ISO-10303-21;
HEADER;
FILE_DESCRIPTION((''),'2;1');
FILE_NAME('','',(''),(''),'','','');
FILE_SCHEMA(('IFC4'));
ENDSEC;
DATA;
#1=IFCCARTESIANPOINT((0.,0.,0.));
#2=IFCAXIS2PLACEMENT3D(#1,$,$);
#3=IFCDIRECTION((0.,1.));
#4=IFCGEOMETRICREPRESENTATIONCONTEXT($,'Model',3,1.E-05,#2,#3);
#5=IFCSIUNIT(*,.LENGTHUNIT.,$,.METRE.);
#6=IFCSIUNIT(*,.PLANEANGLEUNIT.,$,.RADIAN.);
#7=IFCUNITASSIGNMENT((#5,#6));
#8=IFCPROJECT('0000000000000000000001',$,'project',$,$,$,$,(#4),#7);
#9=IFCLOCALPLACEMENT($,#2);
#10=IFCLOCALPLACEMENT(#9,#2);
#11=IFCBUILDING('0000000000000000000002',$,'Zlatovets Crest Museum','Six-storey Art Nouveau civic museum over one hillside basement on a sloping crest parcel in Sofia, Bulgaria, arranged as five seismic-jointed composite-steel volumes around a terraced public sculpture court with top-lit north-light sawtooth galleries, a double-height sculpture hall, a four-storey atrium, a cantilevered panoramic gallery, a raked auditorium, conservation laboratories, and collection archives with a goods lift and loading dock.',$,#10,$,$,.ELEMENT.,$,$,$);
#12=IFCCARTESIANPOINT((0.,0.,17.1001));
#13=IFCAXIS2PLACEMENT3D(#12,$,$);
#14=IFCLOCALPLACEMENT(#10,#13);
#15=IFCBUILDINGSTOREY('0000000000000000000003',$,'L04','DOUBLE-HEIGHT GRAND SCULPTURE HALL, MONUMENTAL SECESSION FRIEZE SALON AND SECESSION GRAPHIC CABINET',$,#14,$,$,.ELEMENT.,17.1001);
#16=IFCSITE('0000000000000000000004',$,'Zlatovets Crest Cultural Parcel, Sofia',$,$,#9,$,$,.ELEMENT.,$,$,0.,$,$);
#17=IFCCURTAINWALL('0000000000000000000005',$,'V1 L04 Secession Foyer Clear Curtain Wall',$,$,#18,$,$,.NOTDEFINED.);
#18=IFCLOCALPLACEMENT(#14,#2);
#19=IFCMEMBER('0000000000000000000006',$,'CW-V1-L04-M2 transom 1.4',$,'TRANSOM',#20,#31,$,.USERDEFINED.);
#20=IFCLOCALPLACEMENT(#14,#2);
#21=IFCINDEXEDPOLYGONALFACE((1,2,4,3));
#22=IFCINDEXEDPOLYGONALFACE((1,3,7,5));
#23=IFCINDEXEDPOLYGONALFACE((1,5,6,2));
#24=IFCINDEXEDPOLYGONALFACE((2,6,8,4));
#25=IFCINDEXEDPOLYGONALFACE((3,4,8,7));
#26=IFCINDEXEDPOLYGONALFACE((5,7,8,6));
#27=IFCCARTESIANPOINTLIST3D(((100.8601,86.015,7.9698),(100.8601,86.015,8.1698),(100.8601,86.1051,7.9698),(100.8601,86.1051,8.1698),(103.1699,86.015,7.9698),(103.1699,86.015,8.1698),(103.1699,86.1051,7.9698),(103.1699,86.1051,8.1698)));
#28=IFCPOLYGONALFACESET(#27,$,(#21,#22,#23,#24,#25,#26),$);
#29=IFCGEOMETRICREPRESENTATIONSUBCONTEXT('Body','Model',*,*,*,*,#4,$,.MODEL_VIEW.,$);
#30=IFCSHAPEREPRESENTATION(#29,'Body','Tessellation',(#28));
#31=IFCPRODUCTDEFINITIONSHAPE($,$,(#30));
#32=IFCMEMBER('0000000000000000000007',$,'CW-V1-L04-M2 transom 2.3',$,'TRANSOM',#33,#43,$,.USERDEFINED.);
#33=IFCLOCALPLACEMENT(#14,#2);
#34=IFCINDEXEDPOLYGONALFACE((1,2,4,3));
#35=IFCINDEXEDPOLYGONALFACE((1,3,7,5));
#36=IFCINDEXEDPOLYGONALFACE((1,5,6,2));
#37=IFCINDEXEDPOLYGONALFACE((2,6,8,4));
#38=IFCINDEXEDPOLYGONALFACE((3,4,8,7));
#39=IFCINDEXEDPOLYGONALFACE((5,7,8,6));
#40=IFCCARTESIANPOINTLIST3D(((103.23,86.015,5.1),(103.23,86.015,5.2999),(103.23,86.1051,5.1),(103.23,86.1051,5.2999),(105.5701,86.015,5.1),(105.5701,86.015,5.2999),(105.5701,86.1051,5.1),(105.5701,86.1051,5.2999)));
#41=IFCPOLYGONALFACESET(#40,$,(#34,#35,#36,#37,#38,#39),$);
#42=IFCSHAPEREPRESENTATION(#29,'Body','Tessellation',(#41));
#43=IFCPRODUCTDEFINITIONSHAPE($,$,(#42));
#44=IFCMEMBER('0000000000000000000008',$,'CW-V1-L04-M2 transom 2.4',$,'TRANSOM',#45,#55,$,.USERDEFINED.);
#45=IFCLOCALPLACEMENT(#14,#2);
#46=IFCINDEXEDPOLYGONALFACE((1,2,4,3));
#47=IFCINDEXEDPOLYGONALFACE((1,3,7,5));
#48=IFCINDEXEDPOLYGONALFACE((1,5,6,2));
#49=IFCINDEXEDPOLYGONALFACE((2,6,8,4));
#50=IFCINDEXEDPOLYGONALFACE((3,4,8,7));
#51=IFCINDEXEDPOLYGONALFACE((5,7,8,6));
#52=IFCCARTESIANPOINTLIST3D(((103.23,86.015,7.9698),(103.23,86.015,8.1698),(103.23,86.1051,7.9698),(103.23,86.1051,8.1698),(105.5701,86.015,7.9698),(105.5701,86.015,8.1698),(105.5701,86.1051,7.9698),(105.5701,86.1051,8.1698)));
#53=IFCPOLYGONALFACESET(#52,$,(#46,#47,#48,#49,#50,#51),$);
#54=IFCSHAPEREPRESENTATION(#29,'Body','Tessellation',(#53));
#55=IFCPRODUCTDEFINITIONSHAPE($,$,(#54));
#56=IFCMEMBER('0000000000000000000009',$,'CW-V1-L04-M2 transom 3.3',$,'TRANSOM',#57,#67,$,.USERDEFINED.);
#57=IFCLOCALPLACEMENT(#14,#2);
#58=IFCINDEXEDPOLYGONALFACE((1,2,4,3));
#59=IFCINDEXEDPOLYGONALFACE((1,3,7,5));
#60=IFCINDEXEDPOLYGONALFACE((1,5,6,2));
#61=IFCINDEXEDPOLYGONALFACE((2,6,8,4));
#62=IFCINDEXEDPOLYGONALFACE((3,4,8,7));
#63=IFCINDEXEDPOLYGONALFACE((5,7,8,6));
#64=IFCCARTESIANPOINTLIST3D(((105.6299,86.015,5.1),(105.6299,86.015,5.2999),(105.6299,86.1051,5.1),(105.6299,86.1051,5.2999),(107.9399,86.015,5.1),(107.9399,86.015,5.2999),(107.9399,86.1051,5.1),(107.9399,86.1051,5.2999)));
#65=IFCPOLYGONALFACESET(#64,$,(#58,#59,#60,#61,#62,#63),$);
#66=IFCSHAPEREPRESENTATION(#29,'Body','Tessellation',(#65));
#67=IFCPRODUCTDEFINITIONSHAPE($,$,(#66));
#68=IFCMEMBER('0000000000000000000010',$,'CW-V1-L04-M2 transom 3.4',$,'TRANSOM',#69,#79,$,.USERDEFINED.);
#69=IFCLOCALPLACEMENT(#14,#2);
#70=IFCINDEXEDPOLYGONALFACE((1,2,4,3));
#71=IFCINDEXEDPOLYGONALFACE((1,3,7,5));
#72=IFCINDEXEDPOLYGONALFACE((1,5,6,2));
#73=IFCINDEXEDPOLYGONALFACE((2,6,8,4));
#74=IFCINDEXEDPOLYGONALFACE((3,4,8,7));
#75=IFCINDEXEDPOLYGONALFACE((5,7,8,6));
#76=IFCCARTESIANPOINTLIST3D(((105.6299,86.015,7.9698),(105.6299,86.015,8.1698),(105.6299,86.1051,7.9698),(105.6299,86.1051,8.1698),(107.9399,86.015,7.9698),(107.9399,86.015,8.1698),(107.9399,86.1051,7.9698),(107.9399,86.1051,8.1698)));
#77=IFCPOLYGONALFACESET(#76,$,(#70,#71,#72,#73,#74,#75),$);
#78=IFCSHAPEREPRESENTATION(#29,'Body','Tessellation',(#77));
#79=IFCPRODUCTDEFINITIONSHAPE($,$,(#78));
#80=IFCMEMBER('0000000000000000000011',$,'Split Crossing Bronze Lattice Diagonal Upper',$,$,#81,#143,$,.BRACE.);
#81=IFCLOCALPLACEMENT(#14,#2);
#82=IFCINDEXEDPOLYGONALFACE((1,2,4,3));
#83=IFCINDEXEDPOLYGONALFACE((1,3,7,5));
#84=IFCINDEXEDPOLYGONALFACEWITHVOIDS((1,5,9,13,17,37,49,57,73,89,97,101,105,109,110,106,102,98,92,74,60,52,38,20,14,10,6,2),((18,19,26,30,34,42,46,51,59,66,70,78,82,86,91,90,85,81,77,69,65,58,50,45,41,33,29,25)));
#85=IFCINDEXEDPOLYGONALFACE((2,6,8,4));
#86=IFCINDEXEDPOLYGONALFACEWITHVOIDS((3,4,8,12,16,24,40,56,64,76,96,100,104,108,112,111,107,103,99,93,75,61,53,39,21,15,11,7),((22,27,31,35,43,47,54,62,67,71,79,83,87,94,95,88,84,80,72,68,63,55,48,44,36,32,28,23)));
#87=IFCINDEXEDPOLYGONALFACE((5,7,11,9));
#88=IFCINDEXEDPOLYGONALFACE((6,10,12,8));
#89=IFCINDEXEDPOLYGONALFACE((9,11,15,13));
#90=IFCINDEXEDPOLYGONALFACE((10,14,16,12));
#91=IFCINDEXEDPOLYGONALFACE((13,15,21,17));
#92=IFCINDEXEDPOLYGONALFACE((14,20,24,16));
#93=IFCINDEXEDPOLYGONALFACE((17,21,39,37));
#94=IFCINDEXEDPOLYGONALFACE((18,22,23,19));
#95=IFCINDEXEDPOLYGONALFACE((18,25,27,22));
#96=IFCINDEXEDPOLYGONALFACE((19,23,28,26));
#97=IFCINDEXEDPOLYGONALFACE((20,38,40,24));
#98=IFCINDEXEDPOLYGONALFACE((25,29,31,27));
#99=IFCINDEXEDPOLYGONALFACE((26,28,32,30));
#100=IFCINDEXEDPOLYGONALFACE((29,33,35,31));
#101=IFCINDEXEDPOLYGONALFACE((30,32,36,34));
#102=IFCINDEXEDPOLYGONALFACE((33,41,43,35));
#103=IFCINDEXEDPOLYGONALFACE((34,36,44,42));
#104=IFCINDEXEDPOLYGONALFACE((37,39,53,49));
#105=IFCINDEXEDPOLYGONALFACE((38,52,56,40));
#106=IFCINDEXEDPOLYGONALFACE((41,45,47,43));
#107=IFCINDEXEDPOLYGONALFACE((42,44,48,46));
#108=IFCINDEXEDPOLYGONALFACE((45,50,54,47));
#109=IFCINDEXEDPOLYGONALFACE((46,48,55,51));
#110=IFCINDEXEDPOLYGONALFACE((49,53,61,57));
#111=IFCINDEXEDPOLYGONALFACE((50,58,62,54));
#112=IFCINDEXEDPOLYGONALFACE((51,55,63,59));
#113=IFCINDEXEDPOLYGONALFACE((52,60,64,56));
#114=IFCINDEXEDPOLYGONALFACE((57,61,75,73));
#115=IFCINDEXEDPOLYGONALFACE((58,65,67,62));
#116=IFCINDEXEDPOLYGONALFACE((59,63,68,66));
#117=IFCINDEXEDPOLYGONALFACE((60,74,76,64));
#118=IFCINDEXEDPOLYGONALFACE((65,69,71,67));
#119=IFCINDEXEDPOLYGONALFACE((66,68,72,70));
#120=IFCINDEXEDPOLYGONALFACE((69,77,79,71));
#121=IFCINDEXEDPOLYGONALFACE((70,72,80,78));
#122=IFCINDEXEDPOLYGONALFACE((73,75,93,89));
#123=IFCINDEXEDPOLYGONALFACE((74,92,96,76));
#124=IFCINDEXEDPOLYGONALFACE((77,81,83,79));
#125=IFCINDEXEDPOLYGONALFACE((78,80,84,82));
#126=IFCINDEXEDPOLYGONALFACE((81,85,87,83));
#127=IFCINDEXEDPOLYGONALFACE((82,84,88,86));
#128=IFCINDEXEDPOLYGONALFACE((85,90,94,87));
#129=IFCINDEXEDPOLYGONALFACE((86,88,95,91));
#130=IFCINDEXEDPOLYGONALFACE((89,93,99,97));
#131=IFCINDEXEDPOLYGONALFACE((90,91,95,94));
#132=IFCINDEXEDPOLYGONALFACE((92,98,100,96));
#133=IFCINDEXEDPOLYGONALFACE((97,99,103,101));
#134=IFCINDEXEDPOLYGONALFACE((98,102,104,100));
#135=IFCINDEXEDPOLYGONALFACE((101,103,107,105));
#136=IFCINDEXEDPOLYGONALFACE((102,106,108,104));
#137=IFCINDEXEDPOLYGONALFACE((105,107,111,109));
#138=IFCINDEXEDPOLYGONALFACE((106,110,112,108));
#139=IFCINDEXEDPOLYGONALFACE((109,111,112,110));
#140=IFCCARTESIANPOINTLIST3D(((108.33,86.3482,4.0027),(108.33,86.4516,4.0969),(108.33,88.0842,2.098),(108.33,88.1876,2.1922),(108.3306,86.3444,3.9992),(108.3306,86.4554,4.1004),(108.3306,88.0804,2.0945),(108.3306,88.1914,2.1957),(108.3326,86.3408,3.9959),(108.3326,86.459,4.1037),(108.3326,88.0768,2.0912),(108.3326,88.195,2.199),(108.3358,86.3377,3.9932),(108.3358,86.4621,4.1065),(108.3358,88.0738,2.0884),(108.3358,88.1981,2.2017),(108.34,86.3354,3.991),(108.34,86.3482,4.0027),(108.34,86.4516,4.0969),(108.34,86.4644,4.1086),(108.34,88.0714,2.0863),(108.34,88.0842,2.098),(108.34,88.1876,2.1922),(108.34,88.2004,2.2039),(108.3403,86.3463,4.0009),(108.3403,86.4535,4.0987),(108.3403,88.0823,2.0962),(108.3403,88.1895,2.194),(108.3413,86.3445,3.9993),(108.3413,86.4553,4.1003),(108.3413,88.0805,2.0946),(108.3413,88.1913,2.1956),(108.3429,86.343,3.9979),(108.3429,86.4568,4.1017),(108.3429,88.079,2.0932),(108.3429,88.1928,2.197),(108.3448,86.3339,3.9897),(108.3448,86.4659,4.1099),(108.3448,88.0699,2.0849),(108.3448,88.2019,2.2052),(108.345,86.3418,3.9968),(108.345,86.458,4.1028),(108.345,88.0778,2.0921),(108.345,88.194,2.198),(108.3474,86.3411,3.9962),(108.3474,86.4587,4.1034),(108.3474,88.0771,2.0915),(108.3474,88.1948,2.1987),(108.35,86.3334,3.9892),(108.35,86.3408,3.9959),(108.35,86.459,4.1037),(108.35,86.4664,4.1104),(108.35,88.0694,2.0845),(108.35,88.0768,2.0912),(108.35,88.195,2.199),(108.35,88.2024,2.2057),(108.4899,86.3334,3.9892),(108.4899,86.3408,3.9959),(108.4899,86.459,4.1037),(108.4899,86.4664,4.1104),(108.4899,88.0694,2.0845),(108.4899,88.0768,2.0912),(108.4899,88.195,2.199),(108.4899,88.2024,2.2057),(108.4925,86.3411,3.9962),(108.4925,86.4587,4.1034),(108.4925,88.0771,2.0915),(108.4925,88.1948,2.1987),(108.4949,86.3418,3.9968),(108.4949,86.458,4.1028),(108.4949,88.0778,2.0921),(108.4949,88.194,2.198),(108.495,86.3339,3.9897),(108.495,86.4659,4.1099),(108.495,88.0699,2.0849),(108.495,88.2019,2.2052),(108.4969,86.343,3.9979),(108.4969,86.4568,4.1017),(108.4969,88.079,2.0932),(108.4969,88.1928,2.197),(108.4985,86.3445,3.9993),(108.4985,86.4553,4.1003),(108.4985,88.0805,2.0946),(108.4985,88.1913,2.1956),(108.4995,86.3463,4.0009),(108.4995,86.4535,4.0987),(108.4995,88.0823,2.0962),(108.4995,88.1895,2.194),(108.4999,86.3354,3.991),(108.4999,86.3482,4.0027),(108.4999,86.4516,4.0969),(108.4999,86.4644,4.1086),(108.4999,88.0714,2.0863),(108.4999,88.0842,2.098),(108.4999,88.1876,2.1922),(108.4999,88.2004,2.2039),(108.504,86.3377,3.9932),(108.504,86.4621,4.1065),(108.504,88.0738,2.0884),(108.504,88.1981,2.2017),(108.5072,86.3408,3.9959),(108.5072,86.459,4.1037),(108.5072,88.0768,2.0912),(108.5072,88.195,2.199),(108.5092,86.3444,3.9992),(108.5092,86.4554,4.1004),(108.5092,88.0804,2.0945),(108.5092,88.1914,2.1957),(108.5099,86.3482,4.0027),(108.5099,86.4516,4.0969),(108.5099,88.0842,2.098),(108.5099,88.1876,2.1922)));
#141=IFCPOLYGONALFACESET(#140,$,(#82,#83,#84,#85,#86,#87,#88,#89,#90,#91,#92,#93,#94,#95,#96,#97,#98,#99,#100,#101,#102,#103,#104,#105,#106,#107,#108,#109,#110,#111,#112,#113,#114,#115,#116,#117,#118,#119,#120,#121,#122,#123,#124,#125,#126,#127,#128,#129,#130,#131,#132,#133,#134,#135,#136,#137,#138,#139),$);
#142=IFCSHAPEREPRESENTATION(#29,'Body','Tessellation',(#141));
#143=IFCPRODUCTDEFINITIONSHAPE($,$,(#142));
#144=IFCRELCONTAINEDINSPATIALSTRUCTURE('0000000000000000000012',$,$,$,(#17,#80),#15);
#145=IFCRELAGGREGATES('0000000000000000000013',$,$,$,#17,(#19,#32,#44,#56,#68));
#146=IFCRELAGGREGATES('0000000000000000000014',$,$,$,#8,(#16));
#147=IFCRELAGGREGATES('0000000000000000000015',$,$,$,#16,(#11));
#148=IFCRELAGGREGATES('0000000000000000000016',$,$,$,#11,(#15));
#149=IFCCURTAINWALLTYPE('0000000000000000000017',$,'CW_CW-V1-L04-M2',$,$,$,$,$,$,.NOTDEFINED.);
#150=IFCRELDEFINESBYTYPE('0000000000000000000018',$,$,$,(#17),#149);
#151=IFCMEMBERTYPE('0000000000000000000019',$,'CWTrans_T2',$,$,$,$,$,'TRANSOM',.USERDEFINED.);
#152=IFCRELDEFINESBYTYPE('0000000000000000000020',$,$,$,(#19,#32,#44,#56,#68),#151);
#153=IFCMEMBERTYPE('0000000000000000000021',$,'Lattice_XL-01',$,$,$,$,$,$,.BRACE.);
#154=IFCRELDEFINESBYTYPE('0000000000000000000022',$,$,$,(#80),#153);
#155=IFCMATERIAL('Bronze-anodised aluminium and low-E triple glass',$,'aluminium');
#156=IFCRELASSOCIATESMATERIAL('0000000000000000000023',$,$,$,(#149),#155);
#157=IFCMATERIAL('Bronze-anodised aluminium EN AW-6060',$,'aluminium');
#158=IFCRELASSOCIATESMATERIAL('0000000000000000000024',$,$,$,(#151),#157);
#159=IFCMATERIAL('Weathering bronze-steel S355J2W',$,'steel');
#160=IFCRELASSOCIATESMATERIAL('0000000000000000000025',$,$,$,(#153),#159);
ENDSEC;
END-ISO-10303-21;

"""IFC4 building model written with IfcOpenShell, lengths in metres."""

from ifc_helpers import new_model, si_unit, direction, frame, origin, origin_2d, place, context, subcontext, project, spatial, rectangle, hollow_rectangle, extrude, material, material_profile, profile_set, type_object, element, aggregate, save


model = new_model("IFC4")

# Units and contexts
model_context = context("Model", 3, precision=1e-05, world=origin(), true_north=direction((0.0, 1.0)))
body_context = subcontext(model_context, "Body", "Model", "MODEL_VIEW")
ifc_project = project(units=[si_unit("LENGTHUNIT", "METRE"), si_unit("PLANEANGLEUNIT", "RADIAN")], contexts=[model_context])

# Site, building, storey
site_placement = place(None, origin())
site = spatial("IfcSite", under=ifc_project, at=site_placement, Name="Zlatovets Crest Cultural Parcel, Sofia", CompositionType="ELEMENT", RefElevation=0.0)
building_placement = place(site_placement, origin())
building = spatial("IfcBuilding", under=site, at=building_placement, Name="Zlatovets Crest Museum", Description="Six-storey Art Nouveau civic museum over one hillside basement on a sloping crest parcel in Sofia, Bulgaria, arranged as five seismic-jointed composite-steel volumes around a terraced public sculpture court with top-lit north-light sawtooth galleries, a double-height sculpture hall, a four-storey atrium, a cantilevered panoramic gallery, a raked auditorium, conservation laboratories, and collection archives with a goods lift and loading dock.", CompositionType="ELEMENT")
storey_placement = place(building_placement, frame((0.0, 0.0, 17.1001)))
storey = spatial("IfcBuildingStorey", under=building, at=storey_placement, Name="L04", Description="DOUBLE-HEIGHT GRAND SCULPTURE HALL, MONUMENTAL SECESSION FRIEZE SALON AND SECESSION GRAPHIC CABINET", CompositionType="ELEMENT", Elevation=17.1001)

# Curtain wall, members
ifc_material_1 = material(Name="Bronze-anodised aluminium and low-E triple glass", Category="aluminium")
curtain_wall_type = type_object("IfcCurtainWallType", Name="CW_CW-V1-L04-M2", PredefinedType="NOTDEFINED", material=ifc_material_1)
curtain_wall_placement = place(storey_placement, origin())
curtain_wall = element("IfcCurtainWall", 1, at=curtain_wall_placement, inside=storey, type_object=curtain_wall_type, Name="V1 L04 Secession Foyer Clear Curtain Wall", PredefinedType="NOTDEFINED")
ifc_material_2 = material(Name="Bronze-anodised aluminium EN AW-6060", Category="aluminium")
ifc_material_profile_1 = material_profile(ifc_material_2, rectangle(XDim=0.0901, YDim=0.2, at=origin_2d()), Name="ALU 90x200")
ifc_profile_set_1 = profile_set([ifc_material_profile_1], Name="Bronze-anodised aluminium EN AW-6060")
member_type_1 = type_object("IfcMemberType", Name="CWTrans_T2", ElementType="TRANSOM", PredefinedType="USERDEFINED", material=ifc_profile_set_1)
member_1_placement = place(storey_placement, frame((100.8601, 86.0601, 8.0698), z_axis=(1.0, 0.0, 0.0), x_axis=(0.0, 1.0, 0.0)))
member_1 = element("IfcMember", 2, at=member_1_placement, type_object=member_type_1, Name="CW-V1-L04-M2 transom 1.4", ObjectType="TRANSOM", PredefinedType="USERDEFINED", context=body_context, shape_type="SweptSolid", body=[
    extrude(rectangle(XDim=0.0901, YDim=0.2, at=origin_2d()), origin(), (0.0, 0.0, 1.0), 2.3098),
])
member_2_placement = place(storey_placement, frame((103.23, 86.0601, 5.2), z_axis=(1.0, 0.0, 0.0), x_axis=(0.0, 1.0, 0.0)))
member_2 = element("IfcMember", 3, at=member_2_placement, type_object=member_type_1, Name="CW-V1-L04-M2 transom 2.3", ObjectType="TRANSOM", PredefinedType="USERDEFINED", context=body_context, shape_type="SweptSolid", body=[
    extrude(rectangle(XDim=0.0901, YDim=0.2, at=origin_2d()), origin(), (0.0, 0.0, 1.0), 2.3401),
])
member_3_placement = place(storey_placement, frame((103.23, 86.0601, 8.0698), z_axis=(1.0, 0.0, 0.0), x_axis=(0.0, 1.0, 0.0)))
member_3 = element("IfcMember", 4, at=member_3_placement, type_object=member_type_1, Name="CW-V1-L04-M2 transom 2.4", ObjectType="TRANSOM", PredefinedType="USERDEFINED", context=body_context, shape_type="SweptSolid", body=[
    extrude(rectangle(XDim=0.0901, YDim=0.2, at=origin_2d()), origin(), (0.0, 0.0, 1.0), 2.3401),
])
member_4_placement = place(storey_placement, frame((105.6299, 86.0601, 5.2), z_axis=(1.0, 0.0, 0.0), x_axis=(0.0, 1.0, 0.0)))
member_4 = element("IfcMember", 5, at=member_4_placement, type_object=member_type_1, Name="CW-V1-L04-M2 transom 3.3", ObjectType="TRANSOM", PredefinedType="USERDEFINED", context=body_context, shape_type="SweptSolid", body=[
    extrude(rectangle(XDim=0.0901, YDim=0.2, at=origin_2d()), origin(), (0.0, 0.0, 1.0), 2.3101),
])
member_5_placement = place(storey_placement, frame((105.6299, 86.0601, 8.0698), z_axis=(1.0, 0.0, 0.0), x_axis=(0.0, 1.0, 0.0)))
member_5 = element("IfcMember", 6, at=member_5_placement, type_object=member_type_1, Name="CW-V1-L04-M2 transom 3.4", ObjectType="TRANSOM", PredefinedType="USERDEFINED", context=body_context, shape_type="SweptSolid", body=[
    extrude(rectangle(XDim=0.0901, YDim=0.2, at=origin_2d()), origin(), (0.0, 0.0, 1.0), 2.3101),
])

# Member
ifc_material_3 = material(Name="Weathering bronze-steel S355J2W", Category="steel")
ifc_material_profile_2 = material_profile(ifc_material_3, hollow_rectangle(XDim=0.1799, YDim=0.1799, WallThickness=0.01, InnerFilletRadius=0.01, OuterFilletRadius=0.02, at=origin_2d()), Name="SHS 180x180x10.0")
ifc_profile_set_2 = profile_set([ifc_material_profile_2], Name="Weathering bronze-steel S355J2W")
member_type_2 = type_object("IfcMemberType", Name="Lattice_XL-01", PredefinedType="BRACE", material=ifc_profile_set_2)
for number, where, z_axis, x_axis, name in (
    (7, (108.4199, 86.3999, 4.0498), (0.0, 0.67362, -0.739078), (-1.0, 0.0, 0.0), "Split Crossing Bronze Lattice Diagonal Upper"),
):
    element("IfcMember", number, at=place(storey_placement, frame(where, z_axis=z_axis, x_axis=x_axis)), inside=storey, type_object=member_type_2, Name=name, PredefinedType="BRACE", context=body_context, shape_type="SweptSolid", body=[
        extrude(hollow_rectangle(XDim=0.1799, YDim=0.1799, WallThickness=0.01, InnerFilletRadius=0.01, OuterFilletRadius=0.02, at=origin_2d()), origin(), (0.0, 0.0, 1.0), 2.5771),
    ])

aggregate(curtain_wall, [member_1, member_2, member_3, member_4, member_5])

save(model, "model.ifc")
